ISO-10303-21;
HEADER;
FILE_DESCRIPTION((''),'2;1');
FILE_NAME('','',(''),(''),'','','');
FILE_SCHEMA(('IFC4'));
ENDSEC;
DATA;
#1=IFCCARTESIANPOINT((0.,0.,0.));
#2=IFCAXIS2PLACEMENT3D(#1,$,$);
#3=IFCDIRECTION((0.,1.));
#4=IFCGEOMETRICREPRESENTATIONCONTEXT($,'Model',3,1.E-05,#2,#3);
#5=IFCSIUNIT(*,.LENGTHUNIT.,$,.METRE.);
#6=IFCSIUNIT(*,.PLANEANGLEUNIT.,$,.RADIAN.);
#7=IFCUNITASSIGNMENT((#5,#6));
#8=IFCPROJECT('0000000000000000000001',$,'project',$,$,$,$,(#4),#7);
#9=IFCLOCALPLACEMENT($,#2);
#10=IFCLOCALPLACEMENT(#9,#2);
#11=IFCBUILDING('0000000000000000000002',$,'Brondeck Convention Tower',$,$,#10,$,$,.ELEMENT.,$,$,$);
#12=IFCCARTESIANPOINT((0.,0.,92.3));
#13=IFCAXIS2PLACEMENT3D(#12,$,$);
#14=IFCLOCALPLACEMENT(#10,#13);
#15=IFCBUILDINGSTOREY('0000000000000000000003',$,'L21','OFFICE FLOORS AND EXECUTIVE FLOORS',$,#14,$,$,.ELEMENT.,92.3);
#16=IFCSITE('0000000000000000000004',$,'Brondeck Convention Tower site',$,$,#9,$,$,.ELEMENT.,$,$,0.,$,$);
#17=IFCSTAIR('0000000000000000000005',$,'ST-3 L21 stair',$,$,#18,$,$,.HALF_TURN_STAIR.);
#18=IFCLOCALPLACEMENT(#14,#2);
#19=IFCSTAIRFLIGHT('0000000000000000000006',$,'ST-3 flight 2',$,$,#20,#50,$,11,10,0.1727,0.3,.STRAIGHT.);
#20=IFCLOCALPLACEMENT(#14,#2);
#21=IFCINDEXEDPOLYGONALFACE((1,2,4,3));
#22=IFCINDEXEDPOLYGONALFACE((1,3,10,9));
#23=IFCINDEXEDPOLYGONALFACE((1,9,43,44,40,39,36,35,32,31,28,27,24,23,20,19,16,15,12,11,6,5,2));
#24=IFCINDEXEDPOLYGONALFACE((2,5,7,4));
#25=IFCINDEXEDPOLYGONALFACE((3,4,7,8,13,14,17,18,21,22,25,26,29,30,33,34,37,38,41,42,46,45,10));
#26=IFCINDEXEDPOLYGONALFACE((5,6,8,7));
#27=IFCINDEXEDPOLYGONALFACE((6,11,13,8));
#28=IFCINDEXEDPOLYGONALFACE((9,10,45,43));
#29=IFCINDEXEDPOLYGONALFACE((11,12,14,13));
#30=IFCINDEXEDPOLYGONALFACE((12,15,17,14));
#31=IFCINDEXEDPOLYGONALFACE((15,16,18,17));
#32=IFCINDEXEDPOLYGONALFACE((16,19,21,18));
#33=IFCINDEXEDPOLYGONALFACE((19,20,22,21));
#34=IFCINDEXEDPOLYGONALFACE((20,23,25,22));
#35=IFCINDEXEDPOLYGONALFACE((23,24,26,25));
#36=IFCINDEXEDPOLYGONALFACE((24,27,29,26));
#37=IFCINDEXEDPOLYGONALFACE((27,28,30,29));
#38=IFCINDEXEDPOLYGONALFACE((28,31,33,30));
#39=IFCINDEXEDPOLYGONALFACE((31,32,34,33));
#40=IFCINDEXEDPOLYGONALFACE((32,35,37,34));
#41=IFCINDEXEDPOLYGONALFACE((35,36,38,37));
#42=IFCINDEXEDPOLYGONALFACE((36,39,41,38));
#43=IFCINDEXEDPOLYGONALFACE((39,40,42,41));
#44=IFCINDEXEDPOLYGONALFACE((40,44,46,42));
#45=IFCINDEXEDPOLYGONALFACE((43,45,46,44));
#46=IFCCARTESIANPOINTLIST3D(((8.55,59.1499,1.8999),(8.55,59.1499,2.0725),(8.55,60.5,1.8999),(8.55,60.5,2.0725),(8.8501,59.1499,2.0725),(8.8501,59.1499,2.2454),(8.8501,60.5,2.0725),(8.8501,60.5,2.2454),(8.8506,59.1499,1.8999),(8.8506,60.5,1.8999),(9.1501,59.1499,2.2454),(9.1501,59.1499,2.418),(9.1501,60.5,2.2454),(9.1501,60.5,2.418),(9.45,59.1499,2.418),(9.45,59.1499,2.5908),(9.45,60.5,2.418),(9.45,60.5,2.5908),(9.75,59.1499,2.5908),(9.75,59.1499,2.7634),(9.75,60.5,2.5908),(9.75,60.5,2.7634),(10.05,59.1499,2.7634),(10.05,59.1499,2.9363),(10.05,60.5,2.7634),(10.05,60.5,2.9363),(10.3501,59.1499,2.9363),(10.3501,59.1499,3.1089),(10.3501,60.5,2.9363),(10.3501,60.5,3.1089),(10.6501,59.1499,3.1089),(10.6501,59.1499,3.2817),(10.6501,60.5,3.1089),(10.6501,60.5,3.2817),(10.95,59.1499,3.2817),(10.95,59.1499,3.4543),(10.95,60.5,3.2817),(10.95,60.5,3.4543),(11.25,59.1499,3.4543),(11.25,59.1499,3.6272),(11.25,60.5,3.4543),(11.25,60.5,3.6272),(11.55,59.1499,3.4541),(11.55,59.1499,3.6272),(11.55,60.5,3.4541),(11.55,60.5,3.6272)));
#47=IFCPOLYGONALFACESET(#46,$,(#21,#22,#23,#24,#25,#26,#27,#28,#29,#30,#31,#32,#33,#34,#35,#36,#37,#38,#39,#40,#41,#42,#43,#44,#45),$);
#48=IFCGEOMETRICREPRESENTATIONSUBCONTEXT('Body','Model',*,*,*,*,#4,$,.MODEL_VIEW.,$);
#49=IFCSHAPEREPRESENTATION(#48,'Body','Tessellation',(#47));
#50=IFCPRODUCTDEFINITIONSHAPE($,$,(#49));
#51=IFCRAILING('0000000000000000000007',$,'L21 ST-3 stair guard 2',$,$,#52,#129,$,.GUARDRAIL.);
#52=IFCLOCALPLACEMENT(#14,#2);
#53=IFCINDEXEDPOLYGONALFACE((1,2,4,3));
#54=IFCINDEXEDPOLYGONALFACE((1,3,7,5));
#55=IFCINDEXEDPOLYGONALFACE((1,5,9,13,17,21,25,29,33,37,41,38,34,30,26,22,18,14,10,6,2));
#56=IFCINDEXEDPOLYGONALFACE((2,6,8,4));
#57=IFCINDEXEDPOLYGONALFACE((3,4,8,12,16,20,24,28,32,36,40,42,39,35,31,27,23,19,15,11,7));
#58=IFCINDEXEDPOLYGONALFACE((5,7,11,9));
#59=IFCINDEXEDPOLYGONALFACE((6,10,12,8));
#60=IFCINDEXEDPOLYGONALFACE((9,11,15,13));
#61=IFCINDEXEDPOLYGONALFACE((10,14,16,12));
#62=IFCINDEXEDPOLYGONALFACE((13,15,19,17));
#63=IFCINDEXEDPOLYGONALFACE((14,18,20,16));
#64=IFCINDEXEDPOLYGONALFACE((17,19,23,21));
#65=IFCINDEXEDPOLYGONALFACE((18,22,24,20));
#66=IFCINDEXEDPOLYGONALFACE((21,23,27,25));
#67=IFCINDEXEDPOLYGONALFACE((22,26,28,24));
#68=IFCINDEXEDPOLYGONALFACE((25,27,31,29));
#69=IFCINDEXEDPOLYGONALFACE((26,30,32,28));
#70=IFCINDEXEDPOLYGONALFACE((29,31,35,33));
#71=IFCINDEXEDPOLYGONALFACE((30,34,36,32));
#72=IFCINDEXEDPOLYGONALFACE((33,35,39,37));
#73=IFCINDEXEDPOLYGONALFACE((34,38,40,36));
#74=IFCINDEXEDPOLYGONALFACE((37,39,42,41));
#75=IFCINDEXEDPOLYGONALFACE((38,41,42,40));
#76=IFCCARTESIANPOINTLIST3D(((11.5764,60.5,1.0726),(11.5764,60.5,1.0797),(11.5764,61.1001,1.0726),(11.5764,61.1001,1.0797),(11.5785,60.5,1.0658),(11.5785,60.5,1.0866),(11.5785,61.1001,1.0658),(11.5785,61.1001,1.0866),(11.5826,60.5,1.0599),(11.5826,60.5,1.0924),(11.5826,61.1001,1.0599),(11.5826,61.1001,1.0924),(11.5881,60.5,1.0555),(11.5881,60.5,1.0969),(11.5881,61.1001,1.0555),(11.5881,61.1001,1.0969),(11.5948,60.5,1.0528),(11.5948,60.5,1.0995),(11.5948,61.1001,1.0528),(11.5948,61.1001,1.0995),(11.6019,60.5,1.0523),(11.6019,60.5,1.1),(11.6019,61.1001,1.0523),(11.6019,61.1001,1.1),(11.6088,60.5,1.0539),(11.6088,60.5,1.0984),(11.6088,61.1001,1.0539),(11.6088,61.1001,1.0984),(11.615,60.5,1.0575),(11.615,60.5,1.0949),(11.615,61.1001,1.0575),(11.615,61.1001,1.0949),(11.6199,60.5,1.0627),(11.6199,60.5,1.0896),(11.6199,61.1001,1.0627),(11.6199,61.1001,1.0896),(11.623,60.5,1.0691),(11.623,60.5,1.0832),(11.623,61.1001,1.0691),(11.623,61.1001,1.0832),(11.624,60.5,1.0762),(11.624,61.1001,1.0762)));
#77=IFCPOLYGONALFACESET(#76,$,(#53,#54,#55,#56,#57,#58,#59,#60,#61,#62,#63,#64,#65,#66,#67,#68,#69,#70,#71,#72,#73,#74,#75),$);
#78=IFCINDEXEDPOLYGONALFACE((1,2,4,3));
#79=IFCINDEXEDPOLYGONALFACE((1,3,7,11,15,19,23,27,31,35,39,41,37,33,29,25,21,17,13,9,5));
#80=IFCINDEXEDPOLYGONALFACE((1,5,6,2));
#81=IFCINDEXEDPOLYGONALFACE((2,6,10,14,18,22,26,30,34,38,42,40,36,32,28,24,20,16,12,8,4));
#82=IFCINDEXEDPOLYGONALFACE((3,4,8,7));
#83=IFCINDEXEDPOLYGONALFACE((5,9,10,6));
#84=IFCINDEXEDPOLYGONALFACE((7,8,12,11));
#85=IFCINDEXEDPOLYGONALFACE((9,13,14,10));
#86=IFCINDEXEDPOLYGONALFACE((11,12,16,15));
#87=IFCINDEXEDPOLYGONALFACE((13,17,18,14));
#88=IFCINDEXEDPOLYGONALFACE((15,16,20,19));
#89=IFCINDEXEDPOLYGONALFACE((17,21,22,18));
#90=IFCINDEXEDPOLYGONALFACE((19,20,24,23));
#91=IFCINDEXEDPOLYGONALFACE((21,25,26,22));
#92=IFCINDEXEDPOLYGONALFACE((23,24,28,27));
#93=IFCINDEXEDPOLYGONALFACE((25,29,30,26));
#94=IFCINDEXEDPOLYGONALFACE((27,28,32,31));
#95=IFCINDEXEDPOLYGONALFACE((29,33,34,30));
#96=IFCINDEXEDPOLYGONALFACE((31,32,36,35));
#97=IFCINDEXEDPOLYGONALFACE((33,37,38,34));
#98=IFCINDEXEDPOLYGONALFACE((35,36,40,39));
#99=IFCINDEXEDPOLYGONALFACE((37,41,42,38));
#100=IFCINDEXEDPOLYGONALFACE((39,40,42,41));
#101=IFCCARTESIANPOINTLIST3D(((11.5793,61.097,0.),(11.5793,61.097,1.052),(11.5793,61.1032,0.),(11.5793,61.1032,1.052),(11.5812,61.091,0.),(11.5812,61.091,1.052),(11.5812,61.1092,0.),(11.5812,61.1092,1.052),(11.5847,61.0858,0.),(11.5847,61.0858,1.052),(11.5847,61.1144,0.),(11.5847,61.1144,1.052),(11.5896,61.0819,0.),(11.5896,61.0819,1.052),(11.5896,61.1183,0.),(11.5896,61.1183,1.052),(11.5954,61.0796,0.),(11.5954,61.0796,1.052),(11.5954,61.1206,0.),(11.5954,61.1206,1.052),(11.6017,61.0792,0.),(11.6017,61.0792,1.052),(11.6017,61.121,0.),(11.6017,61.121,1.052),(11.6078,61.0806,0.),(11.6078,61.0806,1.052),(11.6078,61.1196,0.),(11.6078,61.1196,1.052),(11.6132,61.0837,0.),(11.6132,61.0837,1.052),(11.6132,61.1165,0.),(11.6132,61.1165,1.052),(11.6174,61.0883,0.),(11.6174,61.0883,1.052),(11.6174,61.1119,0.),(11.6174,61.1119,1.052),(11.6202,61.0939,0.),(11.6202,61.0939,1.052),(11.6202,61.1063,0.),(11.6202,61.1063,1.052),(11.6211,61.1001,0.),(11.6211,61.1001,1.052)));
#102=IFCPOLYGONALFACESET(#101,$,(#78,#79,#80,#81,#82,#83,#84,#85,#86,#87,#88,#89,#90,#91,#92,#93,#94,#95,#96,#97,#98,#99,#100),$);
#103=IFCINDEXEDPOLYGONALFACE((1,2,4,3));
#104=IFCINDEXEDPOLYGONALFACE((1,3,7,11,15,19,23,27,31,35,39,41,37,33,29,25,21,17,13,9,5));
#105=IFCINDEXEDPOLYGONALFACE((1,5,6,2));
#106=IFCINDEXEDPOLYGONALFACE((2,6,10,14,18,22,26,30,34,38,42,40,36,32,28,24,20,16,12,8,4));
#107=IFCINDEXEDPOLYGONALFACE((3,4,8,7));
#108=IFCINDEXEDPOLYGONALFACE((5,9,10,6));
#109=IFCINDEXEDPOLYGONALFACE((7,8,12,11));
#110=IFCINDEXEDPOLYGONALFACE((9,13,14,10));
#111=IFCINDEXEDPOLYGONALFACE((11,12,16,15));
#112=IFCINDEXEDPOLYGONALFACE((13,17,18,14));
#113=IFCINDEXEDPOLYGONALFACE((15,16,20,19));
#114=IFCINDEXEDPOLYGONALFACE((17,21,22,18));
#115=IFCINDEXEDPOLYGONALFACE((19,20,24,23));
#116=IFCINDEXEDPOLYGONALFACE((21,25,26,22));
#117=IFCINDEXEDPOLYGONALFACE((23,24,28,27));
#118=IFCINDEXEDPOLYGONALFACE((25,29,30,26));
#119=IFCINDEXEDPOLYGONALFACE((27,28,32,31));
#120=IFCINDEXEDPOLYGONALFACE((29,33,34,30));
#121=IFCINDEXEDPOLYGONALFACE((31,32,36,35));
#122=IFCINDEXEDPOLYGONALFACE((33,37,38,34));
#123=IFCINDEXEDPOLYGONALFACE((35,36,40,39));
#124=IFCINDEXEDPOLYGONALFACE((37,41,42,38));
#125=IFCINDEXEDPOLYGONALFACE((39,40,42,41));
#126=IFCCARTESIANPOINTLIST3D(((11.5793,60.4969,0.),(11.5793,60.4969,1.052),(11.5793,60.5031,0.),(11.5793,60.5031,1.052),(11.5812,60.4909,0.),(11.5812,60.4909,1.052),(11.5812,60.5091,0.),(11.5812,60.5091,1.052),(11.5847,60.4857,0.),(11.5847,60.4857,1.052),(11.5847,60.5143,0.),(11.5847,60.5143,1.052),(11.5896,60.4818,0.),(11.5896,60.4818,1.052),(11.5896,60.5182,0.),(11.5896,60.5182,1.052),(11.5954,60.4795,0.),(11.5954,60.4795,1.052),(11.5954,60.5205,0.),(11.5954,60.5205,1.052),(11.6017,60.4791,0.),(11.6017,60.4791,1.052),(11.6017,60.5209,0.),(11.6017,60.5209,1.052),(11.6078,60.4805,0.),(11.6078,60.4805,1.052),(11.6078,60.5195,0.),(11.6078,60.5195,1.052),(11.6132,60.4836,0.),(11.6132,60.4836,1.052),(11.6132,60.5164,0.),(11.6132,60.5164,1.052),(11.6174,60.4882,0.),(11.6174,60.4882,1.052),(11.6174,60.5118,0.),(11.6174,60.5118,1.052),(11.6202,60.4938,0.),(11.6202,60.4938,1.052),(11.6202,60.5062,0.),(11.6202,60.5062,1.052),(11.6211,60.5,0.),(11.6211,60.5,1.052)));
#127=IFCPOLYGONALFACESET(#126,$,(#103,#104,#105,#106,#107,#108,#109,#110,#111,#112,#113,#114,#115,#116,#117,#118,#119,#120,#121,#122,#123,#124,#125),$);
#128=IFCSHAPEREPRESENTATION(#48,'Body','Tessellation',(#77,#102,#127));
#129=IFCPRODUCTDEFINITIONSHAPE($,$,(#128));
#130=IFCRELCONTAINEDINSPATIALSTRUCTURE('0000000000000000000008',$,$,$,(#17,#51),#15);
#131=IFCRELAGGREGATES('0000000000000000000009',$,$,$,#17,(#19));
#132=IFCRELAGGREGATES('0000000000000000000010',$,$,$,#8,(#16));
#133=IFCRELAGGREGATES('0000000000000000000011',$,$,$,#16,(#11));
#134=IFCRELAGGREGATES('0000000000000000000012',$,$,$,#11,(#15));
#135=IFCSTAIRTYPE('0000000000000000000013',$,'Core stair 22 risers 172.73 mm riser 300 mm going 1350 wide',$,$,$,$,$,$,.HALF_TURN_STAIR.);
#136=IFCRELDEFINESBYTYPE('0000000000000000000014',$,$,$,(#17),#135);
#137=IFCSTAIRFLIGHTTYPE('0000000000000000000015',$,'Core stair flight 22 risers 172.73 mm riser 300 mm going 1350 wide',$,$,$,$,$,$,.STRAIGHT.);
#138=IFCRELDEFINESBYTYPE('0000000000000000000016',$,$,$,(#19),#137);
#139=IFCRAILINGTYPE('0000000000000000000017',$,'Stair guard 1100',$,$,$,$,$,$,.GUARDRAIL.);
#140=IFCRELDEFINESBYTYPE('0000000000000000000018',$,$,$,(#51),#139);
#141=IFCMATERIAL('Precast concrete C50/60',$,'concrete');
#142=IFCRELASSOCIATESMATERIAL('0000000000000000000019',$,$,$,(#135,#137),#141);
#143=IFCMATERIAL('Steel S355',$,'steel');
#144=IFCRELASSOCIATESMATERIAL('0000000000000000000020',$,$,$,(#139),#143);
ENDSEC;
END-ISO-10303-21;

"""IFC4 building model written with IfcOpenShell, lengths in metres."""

from ifc_helpers import new_model, si_unit, direction, frame, origin, origin_2d, place, context, subcontext, project, spatial, polyline, circle, outline, extrude, material, type_object, element, aggregate, save


model = new_model("IFC4")

# Units and contexts
model_context = context("Model", 3, precision=1e-05, world=origin(), true_north=direction((0.0, 1.0)))
body_context = subcontext(model_context, "Body", "Model", "MODEL_VIEW")
ifc_project = project(units=[si_unit("LENGTHUNIT", "METRE"), si_unit("PLANEANGLEUNIT", "RADIAN")], contexts=[model_context])

# Site, building, storey
site_placement = place(None, origin())
site = spatial("IfcSite", under=ifc_project, at=site_placement, Name="Brondeck Convention Tower site", CompositionType="ELEMENT", RefElevation=0.0)
building_placement = place(site_placement, origin())
building = spatial("IfcBuilding", under=site, at=building_placement, Name="Brondeck Convention Tower", CompositionType="ELEMENT")
storey_placement = place(building_placement, frame((0.0, 0.0, 92.3)))
storey = spatial("IfcBuildingStorey", under=building, at=storey_placement, Name="L21", Description="OFFICE FLOORS AND EXECUTIVE FLOORS", CompositionType="ELEMENT", Elevation=92.3)

# Shared definitions
ifc_material_1 = material(Name="Precast concrete C50/60", Category="concrete")
stair_type = type_object("IfcStairType", Name="Core stair 22 risers 172.73 mm riser 300 mm going 1350 wide", PredefinedType="HALF_TURN_STAIR", material=ifc_material_1)
stair_flight_type = type_object("IfcStairFlightType", Name="Core stair flight 22 risers 172.73 mm riser 300 mm going 1350 wide", PredefinedType="STRAIGHT", material=ifc_material_1)

# Stair, stair flight
stair_1_placement = place(storey_placement, origin())
stair_1 = element("IfcStair", 1, at=stair_1_placement, inside=storey, type_object=stair_type, Name="ST-3 L21 stair", PredefinedType="HALF_TURN_STAIR")
stair_flight_1_placement = place(storey_placement, frame((8.55, 59.825, 1.8999), z_axis=(0.0, 0.0, 1.0), x_axis=(1.0, 0.0, 0.0)))
stair_flight_1 = element("IfcStairFlight", 2, at=stair_flight_1_placement, type_object=stair_flight_type, Name="ST-3 flight 2", NumberOfRisers=11, NumberOfTreads=10, PredefinedType="STRAIGHT", RiserHeight=0.1727, TreadLength=0.3, context=body_context, shape_type="SweptSolid", body=[
    extrude(outline(polyline([(0.0, 0.0), (0.0, 0.1726), (0.3, 0.1726), (0.3, 0.3455), (0.6001, 0.3455), (0.6001, 0.5181), (0.8999, 0.5181), (0.8999, 0.6909), (1.2, 0.6909), (1.2, 0.8635), (1.5, 0.8635), (1.5, 1.0364), (1.8, 1.0364), (1.8, 1.209), (2.1001, 1.209), (2.1001, 1.3818), (2.3999, 1.3818), (2.3999, 1.5544), (2.7, 1.5544), (2.7, 1.7273), (3.0, 1.7273), (3.0, 1.8999), (3.0, 1.5542), (0.3005, 0.0), (0.0, 0.0)])), frame((0.0, 0.675, 0.0), z_axis=(0.0, -1.0, 0.0), x_axis=(1.0, 0.0, 0.0)), (0.0, 0.0, 1.0), 1.3501),
])
aggregate(stair_1, [stair_flight_1])

# Railing
ifc_material_2 = material(Name="Steel S355", Category="steel")
railing_type_1 = type_object("IfcRailingType", Name="Stair guard 1100", PredefinedType="GUARDRAIL", material=ifc_material_2)
railing_1_placement = place(storey_placement, frame((11.6001, 61.1001, 0.0)))
element("IfcRailing", 3, at=railing_1_placement, inside=storey, type_object=railing_type_1, Name="L21 ST-3 stair guard 2", PredefinedType="GUARDRAIL", context=body_context, shape_type="SweptSolid", body=[
    extrude(circle(Radius=0.0239, at=origin_2d()), frame((0.0, 0.0, 1.0762), z_axis=(0.0, -1.0, 0.0), x_axis=(1.0, 0.0, 0.0)), (0.0, 0.0, 1.0), 0.6001),
    extrude(circle(Radius=0.021, at=origin_2d()), origin(), (0.0, 0.0, 1.0), 1.052),
    extrude(circle(Radius=0.021, at=origin_2d()), frame((0.0, -0.6001, 0.0)), (0.0, 0.0, 1.0), 1.052),
])

save(model, "model.ifc")
